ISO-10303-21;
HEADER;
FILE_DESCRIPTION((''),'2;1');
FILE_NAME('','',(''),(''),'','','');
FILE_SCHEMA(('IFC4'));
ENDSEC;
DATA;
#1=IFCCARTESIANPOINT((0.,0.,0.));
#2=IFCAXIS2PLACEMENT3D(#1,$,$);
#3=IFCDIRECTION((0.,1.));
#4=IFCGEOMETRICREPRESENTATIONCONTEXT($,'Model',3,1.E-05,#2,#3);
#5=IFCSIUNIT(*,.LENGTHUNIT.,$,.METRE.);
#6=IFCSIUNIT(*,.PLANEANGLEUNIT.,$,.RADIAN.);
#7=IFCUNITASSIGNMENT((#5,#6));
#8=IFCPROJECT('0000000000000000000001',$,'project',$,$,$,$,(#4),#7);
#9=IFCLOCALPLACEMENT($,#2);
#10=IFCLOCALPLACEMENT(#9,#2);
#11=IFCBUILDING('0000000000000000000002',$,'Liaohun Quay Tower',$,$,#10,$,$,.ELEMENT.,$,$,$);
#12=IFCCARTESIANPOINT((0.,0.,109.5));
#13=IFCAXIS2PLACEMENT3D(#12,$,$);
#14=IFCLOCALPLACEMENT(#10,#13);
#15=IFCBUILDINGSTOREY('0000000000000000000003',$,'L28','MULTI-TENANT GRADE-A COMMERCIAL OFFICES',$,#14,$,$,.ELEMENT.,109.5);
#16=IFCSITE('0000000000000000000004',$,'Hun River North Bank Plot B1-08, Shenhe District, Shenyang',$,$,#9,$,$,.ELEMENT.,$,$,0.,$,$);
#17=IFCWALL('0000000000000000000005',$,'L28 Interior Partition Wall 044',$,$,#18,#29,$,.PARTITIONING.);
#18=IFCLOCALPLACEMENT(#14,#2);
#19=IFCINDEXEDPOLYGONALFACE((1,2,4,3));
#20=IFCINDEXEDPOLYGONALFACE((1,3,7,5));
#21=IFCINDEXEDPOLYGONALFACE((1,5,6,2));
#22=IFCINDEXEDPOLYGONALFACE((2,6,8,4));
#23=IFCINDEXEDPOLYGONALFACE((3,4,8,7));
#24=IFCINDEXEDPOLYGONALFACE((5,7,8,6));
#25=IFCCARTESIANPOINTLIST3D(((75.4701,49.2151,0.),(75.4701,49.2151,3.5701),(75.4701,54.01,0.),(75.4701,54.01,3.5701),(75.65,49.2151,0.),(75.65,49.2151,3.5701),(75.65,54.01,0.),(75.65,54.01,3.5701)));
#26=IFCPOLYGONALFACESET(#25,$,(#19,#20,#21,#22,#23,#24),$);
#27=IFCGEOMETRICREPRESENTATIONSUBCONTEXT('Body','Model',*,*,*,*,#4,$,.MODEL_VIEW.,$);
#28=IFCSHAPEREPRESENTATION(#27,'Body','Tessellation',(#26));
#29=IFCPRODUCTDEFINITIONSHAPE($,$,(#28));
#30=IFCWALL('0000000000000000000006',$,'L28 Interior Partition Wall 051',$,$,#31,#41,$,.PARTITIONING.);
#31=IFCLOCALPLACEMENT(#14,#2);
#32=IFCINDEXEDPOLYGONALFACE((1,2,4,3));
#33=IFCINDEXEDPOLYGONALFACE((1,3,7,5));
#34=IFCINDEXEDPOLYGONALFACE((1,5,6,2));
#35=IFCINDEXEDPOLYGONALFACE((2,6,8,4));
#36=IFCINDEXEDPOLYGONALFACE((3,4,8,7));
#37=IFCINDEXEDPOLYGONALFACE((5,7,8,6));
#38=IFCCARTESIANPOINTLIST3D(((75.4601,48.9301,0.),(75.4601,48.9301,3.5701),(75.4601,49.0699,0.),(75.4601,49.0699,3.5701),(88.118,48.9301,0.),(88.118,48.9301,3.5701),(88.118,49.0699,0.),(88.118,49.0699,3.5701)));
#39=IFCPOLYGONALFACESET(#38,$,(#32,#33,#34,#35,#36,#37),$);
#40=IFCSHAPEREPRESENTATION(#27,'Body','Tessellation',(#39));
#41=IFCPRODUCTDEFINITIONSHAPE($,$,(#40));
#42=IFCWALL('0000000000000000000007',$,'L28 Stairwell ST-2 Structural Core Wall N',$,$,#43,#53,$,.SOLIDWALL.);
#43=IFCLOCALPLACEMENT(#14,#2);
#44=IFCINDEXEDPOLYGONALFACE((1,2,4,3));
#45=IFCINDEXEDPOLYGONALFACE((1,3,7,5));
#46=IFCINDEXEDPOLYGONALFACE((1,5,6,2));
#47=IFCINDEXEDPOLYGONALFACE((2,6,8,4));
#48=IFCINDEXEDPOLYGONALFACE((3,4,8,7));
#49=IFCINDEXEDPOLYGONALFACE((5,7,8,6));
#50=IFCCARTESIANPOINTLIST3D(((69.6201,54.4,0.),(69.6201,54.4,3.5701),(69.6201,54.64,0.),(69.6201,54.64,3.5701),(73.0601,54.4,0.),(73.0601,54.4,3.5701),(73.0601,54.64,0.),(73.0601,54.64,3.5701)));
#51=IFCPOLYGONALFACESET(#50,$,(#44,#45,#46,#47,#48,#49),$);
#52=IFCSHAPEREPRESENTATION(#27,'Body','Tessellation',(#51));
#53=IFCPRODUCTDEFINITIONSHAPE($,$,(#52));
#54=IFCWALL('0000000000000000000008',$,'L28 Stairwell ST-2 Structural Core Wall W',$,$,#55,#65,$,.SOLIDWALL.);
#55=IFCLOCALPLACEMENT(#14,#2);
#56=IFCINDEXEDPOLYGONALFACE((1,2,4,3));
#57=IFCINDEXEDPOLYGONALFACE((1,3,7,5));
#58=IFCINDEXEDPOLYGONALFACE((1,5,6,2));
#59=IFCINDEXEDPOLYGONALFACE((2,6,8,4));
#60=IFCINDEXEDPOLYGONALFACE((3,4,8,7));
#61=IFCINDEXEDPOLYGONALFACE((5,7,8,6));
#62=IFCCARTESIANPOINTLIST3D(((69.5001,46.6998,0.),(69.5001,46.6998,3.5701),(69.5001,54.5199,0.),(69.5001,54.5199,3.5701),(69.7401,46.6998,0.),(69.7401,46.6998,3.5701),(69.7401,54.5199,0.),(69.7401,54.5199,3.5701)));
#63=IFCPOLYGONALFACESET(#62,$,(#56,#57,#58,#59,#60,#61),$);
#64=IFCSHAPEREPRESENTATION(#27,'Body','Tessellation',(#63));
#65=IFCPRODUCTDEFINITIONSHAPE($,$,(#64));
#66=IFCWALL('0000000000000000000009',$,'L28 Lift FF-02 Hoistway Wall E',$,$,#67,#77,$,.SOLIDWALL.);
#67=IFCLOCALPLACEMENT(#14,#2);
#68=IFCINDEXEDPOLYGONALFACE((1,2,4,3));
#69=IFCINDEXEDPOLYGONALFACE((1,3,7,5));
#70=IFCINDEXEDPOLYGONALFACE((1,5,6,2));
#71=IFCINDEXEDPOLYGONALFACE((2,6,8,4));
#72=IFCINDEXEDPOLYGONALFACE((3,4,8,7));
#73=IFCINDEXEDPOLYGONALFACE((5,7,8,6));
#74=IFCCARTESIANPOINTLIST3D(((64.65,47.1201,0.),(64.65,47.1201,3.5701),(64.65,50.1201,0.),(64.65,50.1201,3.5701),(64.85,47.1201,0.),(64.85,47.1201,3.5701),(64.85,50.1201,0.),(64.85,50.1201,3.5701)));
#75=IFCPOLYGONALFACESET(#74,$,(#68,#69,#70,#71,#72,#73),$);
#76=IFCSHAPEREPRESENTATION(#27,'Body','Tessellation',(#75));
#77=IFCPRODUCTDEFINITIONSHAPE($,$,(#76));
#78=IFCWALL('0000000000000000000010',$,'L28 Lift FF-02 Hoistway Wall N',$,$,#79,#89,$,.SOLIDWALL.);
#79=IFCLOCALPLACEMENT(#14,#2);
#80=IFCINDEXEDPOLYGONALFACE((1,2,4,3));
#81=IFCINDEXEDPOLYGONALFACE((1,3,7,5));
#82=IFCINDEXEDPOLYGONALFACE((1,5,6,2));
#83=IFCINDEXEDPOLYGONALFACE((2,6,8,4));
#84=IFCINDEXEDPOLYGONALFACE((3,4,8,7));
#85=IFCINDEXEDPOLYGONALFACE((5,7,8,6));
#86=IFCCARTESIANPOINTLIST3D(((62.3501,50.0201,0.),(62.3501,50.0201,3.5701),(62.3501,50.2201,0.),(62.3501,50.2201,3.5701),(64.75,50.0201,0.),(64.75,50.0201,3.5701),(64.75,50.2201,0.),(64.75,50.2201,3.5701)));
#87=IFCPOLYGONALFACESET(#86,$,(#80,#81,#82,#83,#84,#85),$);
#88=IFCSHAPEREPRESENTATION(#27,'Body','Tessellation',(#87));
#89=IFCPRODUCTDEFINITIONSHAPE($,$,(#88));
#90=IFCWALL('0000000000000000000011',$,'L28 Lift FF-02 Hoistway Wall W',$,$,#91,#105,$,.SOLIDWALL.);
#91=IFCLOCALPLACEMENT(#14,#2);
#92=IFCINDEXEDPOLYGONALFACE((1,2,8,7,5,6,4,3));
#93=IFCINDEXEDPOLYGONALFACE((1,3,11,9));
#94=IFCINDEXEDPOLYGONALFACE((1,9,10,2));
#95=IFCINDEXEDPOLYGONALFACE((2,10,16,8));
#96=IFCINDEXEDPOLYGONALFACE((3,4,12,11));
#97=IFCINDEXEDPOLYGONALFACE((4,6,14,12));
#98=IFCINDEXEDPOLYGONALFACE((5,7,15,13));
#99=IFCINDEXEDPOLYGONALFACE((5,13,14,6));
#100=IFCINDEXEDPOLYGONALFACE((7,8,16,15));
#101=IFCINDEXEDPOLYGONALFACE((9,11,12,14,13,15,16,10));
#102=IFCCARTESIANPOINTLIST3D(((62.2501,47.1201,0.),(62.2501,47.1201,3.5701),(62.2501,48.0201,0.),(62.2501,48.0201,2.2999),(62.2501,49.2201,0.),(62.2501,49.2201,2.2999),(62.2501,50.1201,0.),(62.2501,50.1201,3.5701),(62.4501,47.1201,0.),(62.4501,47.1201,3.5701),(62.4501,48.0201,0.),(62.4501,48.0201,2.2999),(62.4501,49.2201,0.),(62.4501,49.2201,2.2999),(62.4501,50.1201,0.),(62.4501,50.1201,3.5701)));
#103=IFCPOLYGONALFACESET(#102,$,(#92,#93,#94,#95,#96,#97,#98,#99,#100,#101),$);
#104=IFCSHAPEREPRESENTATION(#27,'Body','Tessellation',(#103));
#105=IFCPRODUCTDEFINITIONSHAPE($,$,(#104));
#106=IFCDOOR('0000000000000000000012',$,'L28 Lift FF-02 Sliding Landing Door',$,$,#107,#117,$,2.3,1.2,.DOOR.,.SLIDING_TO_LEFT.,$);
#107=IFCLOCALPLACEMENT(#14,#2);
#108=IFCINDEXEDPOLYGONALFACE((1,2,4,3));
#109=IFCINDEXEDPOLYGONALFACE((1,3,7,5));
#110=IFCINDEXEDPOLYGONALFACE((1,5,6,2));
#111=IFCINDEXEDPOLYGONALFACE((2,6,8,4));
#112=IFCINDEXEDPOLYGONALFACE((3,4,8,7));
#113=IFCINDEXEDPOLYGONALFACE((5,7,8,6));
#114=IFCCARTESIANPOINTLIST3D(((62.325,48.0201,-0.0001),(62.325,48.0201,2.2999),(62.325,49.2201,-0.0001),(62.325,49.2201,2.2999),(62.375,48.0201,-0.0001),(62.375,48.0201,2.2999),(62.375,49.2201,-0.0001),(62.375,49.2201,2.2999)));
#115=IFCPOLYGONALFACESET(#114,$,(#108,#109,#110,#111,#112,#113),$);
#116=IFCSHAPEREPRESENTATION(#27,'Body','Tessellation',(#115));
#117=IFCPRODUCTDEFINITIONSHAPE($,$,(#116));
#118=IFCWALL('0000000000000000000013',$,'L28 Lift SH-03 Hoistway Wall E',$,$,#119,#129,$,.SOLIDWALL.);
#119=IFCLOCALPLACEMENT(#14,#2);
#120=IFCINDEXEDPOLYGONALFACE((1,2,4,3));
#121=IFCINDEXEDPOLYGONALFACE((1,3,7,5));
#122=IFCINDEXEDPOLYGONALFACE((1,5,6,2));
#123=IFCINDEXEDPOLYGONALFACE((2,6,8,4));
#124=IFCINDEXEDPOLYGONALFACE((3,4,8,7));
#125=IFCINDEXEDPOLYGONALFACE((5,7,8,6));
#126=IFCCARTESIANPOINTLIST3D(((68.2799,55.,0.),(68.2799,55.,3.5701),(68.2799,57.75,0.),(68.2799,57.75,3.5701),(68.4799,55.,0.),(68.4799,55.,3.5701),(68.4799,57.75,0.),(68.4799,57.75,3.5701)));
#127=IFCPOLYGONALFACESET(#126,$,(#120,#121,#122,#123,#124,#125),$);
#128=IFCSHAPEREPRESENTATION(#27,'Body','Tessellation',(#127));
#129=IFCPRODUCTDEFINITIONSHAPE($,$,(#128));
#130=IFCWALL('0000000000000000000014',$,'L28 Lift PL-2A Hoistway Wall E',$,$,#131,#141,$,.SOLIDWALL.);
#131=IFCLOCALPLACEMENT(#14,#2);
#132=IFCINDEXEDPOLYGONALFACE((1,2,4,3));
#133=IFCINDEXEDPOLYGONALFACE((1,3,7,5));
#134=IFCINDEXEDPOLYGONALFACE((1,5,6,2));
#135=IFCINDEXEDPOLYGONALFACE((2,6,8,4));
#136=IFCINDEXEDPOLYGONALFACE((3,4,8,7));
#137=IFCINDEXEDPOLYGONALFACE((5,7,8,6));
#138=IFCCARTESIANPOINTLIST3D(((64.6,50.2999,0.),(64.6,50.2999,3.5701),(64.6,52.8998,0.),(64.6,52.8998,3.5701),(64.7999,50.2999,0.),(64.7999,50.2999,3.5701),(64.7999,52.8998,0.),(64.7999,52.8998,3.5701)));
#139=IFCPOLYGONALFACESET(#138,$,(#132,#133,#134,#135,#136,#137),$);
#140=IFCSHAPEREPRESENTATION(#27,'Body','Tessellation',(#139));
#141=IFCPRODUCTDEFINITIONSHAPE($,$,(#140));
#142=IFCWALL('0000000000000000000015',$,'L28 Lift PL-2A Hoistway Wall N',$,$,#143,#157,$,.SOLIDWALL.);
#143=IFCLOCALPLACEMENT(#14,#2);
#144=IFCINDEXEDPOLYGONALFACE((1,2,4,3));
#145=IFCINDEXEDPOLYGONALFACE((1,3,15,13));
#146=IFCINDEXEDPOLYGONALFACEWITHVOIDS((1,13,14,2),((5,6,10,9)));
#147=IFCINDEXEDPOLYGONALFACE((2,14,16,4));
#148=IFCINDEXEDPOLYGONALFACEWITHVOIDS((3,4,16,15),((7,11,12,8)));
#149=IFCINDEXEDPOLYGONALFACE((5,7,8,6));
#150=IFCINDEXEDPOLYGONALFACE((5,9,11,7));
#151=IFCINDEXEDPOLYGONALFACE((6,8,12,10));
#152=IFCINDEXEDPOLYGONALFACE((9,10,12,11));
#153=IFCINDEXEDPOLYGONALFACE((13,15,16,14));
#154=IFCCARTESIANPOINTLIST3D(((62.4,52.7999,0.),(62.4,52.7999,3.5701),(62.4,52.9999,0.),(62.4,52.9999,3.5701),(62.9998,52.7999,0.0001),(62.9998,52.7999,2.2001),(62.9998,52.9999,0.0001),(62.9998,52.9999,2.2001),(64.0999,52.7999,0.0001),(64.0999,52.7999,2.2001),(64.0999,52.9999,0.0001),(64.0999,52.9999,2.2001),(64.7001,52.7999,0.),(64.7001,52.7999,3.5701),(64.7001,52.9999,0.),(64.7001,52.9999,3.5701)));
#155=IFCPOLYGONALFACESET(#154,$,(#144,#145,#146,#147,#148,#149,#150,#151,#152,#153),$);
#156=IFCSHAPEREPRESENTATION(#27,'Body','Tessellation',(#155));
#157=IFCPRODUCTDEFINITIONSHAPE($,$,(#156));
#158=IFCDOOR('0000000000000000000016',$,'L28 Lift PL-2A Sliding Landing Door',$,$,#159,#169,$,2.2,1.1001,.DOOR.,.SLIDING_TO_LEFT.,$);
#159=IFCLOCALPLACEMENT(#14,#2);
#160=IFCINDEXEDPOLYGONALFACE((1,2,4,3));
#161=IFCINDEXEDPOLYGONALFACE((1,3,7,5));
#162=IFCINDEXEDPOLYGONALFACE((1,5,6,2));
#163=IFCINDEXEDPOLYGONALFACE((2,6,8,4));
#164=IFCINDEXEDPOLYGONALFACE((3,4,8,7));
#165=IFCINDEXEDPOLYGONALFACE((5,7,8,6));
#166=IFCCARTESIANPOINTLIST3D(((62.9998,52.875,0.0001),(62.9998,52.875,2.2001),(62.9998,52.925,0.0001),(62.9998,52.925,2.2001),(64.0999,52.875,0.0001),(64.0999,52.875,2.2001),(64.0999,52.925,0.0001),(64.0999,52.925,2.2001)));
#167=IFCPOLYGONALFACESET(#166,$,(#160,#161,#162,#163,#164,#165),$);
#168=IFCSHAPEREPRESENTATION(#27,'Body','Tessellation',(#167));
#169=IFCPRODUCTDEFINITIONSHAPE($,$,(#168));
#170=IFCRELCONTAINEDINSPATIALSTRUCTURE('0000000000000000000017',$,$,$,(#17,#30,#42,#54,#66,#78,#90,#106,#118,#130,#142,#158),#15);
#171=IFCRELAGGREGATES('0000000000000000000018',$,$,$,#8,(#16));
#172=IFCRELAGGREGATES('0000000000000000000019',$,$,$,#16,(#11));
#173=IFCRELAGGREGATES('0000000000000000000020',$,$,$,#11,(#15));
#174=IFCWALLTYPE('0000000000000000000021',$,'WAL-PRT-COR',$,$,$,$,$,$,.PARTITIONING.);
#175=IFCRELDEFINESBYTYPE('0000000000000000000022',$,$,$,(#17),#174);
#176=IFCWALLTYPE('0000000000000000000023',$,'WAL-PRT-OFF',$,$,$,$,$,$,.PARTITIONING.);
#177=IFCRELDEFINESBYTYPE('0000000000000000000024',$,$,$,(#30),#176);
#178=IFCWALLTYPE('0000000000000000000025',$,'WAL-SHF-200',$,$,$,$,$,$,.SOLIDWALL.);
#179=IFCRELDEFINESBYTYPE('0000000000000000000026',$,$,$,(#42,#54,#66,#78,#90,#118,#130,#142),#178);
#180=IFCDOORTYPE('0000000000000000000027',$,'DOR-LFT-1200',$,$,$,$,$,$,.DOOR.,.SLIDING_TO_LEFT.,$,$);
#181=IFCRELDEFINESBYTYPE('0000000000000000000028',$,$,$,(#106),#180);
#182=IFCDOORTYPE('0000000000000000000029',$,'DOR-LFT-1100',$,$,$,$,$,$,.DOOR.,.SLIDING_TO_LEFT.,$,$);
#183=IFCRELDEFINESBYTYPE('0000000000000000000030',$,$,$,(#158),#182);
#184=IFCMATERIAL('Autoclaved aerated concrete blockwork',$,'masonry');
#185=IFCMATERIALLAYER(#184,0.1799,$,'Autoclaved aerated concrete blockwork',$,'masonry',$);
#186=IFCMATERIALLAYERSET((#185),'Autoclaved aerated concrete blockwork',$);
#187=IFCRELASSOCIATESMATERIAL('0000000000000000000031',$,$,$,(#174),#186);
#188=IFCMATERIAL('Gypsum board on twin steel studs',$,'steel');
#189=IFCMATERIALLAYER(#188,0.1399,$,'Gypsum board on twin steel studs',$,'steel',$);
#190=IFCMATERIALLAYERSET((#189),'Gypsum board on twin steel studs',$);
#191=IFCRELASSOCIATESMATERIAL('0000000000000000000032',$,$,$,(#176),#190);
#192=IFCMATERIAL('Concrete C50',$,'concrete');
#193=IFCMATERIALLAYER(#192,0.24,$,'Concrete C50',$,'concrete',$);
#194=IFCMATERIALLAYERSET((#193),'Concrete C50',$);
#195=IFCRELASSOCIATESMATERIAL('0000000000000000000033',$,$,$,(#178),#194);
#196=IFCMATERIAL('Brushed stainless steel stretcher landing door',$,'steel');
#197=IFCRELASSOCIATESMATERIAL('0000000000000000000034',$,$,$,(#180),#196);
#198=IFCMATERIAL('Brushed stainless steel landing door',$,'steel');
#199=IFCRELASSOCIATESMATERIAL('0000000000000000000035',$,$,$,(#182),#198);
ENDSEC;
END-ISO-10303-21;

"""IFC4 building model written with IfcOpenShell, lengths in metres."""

from ifc_helpers import new_model, si_unit, direction, frame, frame_2d, origin, place, context, subcontext, project, spatial, rectangle, extrude, source, transform, mapped, material, layer, layer_set, type_object, element, fill, save


model = new_model("IFC4")

# Units and contexts
model_context = context("Model", 3, precision=1e-05, world=origin(), true_north=direction((0.0, 1.0)))
body_context = subcontext(model_context, "Body", "Model", "MODEL_VIEW")
ifc_project = project(units=[si_unit("LENGTHUNIT", "METRE"), si_unit("PLANEANGLEUNIT", "RADIAN")], contexts=[model_context])

# Site, building, storey
site_placement = place(None, origin())
site = spatial("IfcSite", under=ifc_project, at=site_placement, Name="Hun River North Bank Plot B1-08, Shenhe District, Shenyang", CompositionType="ELEMENT", RefElevation=0.0)
building_placement = place(site_placement, origin())
building = spatial("IfcBuilding", under=site, at=building_placement, Name="Liaohun Quay Tower", CompositionType="ELEMENT")
storey_placement = place(building_placement, frame((0.0, 0.0, 109.5)))
storey = spatial("IfcBuildingStorey", under=building, at=storey_placement, Name="L28", Description="MULTI-TENANT GRADE-A COMMERCIAL OFFICES", CompositionType="ELEMENT", Elevation=109.5)

# Shared definitions
ifc_material_1 = material(Name="Autoclaved aerated concrete blockwork", Category="masonry")
ifc_layer_1 = layer(ifc_material_1, 0.1799, Name="Autoclaved aerated concrete blockwork", Category="masonry")
ifc_layer_set_1 = layer_set([ifc_layer_1], Name="Autoclaved aerated concrete blockwork")
wall_type_1 = type_object("IfcWallType", Name="WAL-PRT-COR", PredefinedType="PARTITIONING", material=ifc_layer_set_1)

# Walls
wall_1_placement = place(storey_placement, frame((75.5601, 54.01, 0.0), z_axis=(0.0, 0.0, 1.0), x_axis=(0.0, -1.0, 0.0)))
element("IfcWall", 1, at=wall_1_placement, inside=storey, type_object=wall_type_1, Name="L28 Interior Partition Wall 044", PredefinedType="PARTITIONING", context=body_context, shape_type="SweptSolid", body=[
    extrude(rectangle(XDim=4.7949, YDim=0.1799, at=frame_2d((2.3975, 0.0))), origin(), (0.0, 0.0, 1.0), 3.5701),
])
ifc_material_2 = material(Name="Gypsum board on twin steel studs", Category="steel")
ifc_layer_2 = layer(ifc_material_2, 0.1399, Name="Gypsum board on twin steel studs", Category="steel")
ifc_layer_set_2 = layer_set([ifc_layer_2], Name="Gypsum board on twin steel studs")
wall_type_2 = type_object("IfcWallType", Name="WAL-PRT-OFF", PredefinedType="PARTITIONING", material=ifc_layer_set_2)
wall_2_placement = place(storey_placement, frame((75.46, 49.0, 0.0), z_axis=(0.0, 0.0, 1.0), x_axis=(1.0, 0.0, 0.0)))
element("IfcWall", 2, at=wall_2_placement, inside=storey, type_object=wall_type_2, Name="L28 Interior Partition Wall 051", PredefinedType="PARTITIONING", context=body_context, shape_type="SweptSolid", body=[
    extrude(rectangle(XDim=12.658, YDim=0.1399, at=frame_2d((6.3291, 0.0))), origin(), (0.0, 0.0, 1.0), 3.5701),
])
ifc_material_3 = material(Name="Concrete C50", Category="concrete")
ifc_layer_3 = layer(ifc_material_3, 0.24, Name="Concrete C50", Category="concrete")
ifc_layer_set_3 = layer_set([ifc_layer_3], Name="Concrete C50")
wall_type_3 = type_object("IfcWallType", Name="WAL-SHF-200", PredefinedType="SOLIDWALL", material=ifc_layer_set_3)
wall_3_placement = place(storey_placement, frame((73.0601, 54.52, 0.0), z_axis=(0.0, 0.0, 1.0), x_axis=(-1.0, 0.0, 0.0)))
element("IfcWall", 3, at=wall_3_placement, inside=storey, type_object=wall_type_3, Name="L28 Stairwell ST-2 Structural Core Wall N", PredefinedType="SOLIDWALL", context=body_context, shape_type="SweptSolid", body=[
    extrude(rectangle(XDim=3.4399, YDim=0.24, at=frame_2d((1.72, 0.0))), origin(), (0.0, 0.0, 1.0), 3.5701),
])
wall_4_placement = place(storey_placement, frame((69.6201, 54.52, 0.0), z_axis=(0.0, 0.0, 1.0), x_axis=(0.0, -1.0, 0.0)))
element("IfcWall", 4, at=wall_4_placement, inside=storey, type_object=wall_type_3, Name="L28 Stairwell ST-2 Structural Core Wall W", PredefinedType="SOLIDWALL", context=body_context, shape_type="SweptSolid", body=[
    extrude(rectangle(XDim=7.8201, YDim=0.24, at=frame_2d((3.9102, 0.0))), origin(), (0.0, 0.0, 1.0), 3.5701),
])
wall_5_placement = place(storey_placement, frame((64.75, 47.1201, 0.0), z_axis=(0.0, 0.0, 1.0), x_axis=(0.0, 1.0, 0.0)))
element("IfcWall", 5, at=wall_5_placement, inside=storey, type_object=wall_type_3, Name="L28 Lift FF-02 Hoistway Wall E", PredefinedType="SOLIDWALL", context=body_context, shape_type="SweptSolid", body=[
    extrude(rectangle(XDim=3.0, YDim=0.2, at=frame_2d((1.5, 0.0))), origin(), (0.0, 0.0, 1.0), 3.5701),
])
wall_6_placement = place(storey_placement, frame((64.75, 50.1201, 0.0), z_axis=(0.0, 0.0, 1.0), x_axis=(-1.0, 0.0, 0.0)))
element("IfcWall", 6, at=wall_6_placement, inside=storey, type_object=wall_type_3, Name="L28 Lift FF-02 Hoistway Wall N", PredefinedType="SOLIDWALL", context=body_context, shape_type="SweptSolid", body=[
    extrude(rectangle(XDim=2.3999, YDim=0.2, at=frame_2d((1.2, 0.0))), origin(), (0.0, 0.0, 1.0), 3.5701),
])

# Wall, opening, door
wall_7_placement = place(storey_placement, frame((62.3501, 50.1201, 0.0), z_axis=(0.0, 0.0, 1.0), x_axis=(0.0, -1.0, 0.0)))
wall_7 = element("IfcWall", 7, at=wall_7_placement, inside=storey, type_object=wall_type_3, Name="L28 Lift FF-02 Hoistway Wall W", PredefinedType="SOLIDWALL", context=body_context, shape_type="SweptSolid", body=[
    extrude(rectangle(XDim=3.0, YDim=0.2, at=frame_2d((1.5, 0.0))), origin(), (0.0, 0.0, 1.0), 3.5701),
])
shared_shape_1 = source(origin(), body_context, "Body", "SweptSolid", [
    extrude(rectangle(XDim=1.2, YDim=2.3, at=frame_2d((0.6001, 1.1499))), frame((0.0, 0.1099, 0.0), z_axis=(0.0, -1.0, 0.0), x_axis=(1.0, 0.0, 0.0)), (0.0, 0.0, 1.0), 0.22),
])
opening_1_placement = place(wall_7_placement, frame((0.8999, 0.0, 0.0)))
opening_1 = element("IfcOpeningElement", 8, at=opening_1_placement, cuts=wall_7, PredefinedType="OPENING", context=body_context, shape_type="MappedRepresentation", body=[
    mapped(shared_shape_1, transform((0.0, 0.0, 0.0), x_axis=(1.0, 0.0, 0.0), y_axis=(0.0, 1.0, 0.0), z_axis=(0.0, 0.0, 1.0), scale=1.0)),
])
ifc_material_4 = material(Name="Brushed stainless steel stretcher landing door", Category="steel")
door_type_1 = type_object("IfcDoorType", Name="DOR-LFT-1200", OperationType="SLIDING_TO_LEFT", PredefinedType="DOOR", material=ifc_material_4)
shared_shape_2 = source(origin(), body_context, "Body", "SweptSolid", [
    extrude(rectangle(XDim=1.2, YDim=2.3, at=frame_2d((0.6001, 1.1499))), frame((0.0, 0.0249, 0.0), z_axis=(0.0, -1.0, 0.0), x_axis=(1.0, 0.0, 0.0)), (0.0, 0.0, 1.0), 0.05),
])
door_1_placement = place(opening_1_placement, origin())
door_1 = element("IfcDoor", 9, at=door_1_placement, inside=storey, type_object=door_type_1, Name="L28 Lift FF-02 Sliding Landing Door", OperationType="SLIDING_TO_LEFT", OverallHeight=2.3, OverallWidth=1.2, PredefinedType="DOOR", context=body_context, shape_type="MappedRepresentation", body=[
    mapped(shared_shape_2, transform((0.0, 0.0, 0.0), x_axis=(1.0, 0.0, 0.0), y_axis=(0.0, 1.0, 0.0), z_axis=(0.0, 0.0, 1.0), scale=1.0)),
])
fill(opening_1, door_1)

# Walls
wall_8_placement = place(storey_placement, frame((68.3799, 55.0, 0.0), z_axis=(0.0, 0.0, 1.0), x_axis=(0.0, 1.0, 0.0)))
element("IfcWall", 10, at=wall_8_placement, inside=storey, type_object=wall_type_3, Name="L28 Lift SH-03 Hoistway Wall E", PredefinedType="SOLIDWALL", context=body_context, shape_type="SweptSolid", body=[
    extrude(rectangle(XDim=2.75, YDim=0.2, at=frame_2d((1.375, 0.0))), origin(), (0.0, 0.0, 1.0), 3.5701),
])
wall_9_placement = place(storey_placement, frame((64.7, 50.3, 0.0), z_axis=(0.0, 0.0, 1.0), x_axis=(0.0, 1.0, 0.0)))
element("IfcWall", 11, at=wall_9_placement, inside=storey, type_object=wall_type_3, Name="L28 Lift PL-2A Hoistway Wall E", PredefinedType="SOLIDWALL", context=body_context, shape_type="SweptSolid", body=[
    extrude(rectangle(XDim=2.5999, YDim=0.2, at=frame_2d((1.2998, 0.0))), origin(), (0.0, 0.0, 1.0), 3.5701),
])

# Wall, opening, door
wall_10_placement = place(storey_placement, frame((64.7, 52.8999, 0.0), z_axis=(0.0, 0.0, 1.0), x_axis=(-1.0, 0.0, 0.0)))
wall_10 = element("IfcWall", 12, at=wall_10_placement, inside=storey, type_object=wall_type_3, Name="L28 Lift PL-2A Hoistway Wall N", PredefinedType="SOLIDWALL", context=body_context, shape_type="SweptSolid", body=[
    extrude(rectangle(XDim=2.3, YDim=0.2, at=frame_2d((1.1499, 0.0))), origin(), (0.0, 0.0, 1.0), 3.5701),
])
shared_shape_3 = source(origin(), body_context, "Body", "SweptSolid", [
    extrude(rectangle(XDim=1.1001, YDim=2.2, at=frame_2d((0.55, 1.1001))), frame((0.0, 0.1099, 0.0), z_axis=(0.0, -1.0, 0.0), x_axis=(1.0, 0.0, 0.0)), (0.0, 0.0, 1.0), 0.22),
])
opening_2_placement = place(wall_10_placement, frame((0.6001, 0.0, 0.0)))
opening_2 = element("IfcOpeningElement", 13, at=opening_2_placement, cuts=wall_10, PredefinedType="OPENING", context=body_context, shape_type="MappedRepresentation", body=[
    mapped(shared_shape_3, transform((0.0, 0.0, 0.0), x_axis=(1.0, 0.0, 0.0), y_axis=(0.0, 1.0, 0.0), z_axis=(0.0, 0.0, 1.0), scale=1.0)),
])
ifc_material_5 = material(Name="Brushed stainless steel landing door", Category="steel")
door_type_2 = type_object("IfcDoorType", Name="DOR-LFT-1100", OperationType="SLIDING_TO_LEFT", PredefinedType="DOOR", material=ifc_material_5)
shared_shape_4 = source(origin(), body_context, "Body", "SweptSolid", [
    extrude(rectangle(XDim=1.1001, YDim=2.2, at=frame_2d((0.55, 1.1001))), frame((0.0, 0.0249, 0.0), z_axis=(0.0, -1.0, 0.0), x_axis=(1.0, 0.0, 0.0)), (0.0, 0.0, 1.0), 0.05),
])
door_2_placement = place(opening_2_placement, origin())
door_2 = element("IfcDoor", 14, at=door_2_placement, inside=storey, type_object=door_type_2, Name="L28 Lift PL-2A Sliding Landing Door", OperationType="SLIDING_TO_LEFT", OverallHeight=2.2, OverallWidth=1.1001, PredefinedType="DOOR", context=body_context, shape_type="MappedRepresentation", body=[
    mapped(shared_shape_4, transform((0.0, 0.0, 0.0), x_axis=(1.0, 0.0, 0.0), y_axis=(0.0, 1.0, 0.0), z_axis=(0.0, 0.0, 1.0), scale=1.0)),
])
fill(opening_2, door_2)

save(model, "model.ifc")
